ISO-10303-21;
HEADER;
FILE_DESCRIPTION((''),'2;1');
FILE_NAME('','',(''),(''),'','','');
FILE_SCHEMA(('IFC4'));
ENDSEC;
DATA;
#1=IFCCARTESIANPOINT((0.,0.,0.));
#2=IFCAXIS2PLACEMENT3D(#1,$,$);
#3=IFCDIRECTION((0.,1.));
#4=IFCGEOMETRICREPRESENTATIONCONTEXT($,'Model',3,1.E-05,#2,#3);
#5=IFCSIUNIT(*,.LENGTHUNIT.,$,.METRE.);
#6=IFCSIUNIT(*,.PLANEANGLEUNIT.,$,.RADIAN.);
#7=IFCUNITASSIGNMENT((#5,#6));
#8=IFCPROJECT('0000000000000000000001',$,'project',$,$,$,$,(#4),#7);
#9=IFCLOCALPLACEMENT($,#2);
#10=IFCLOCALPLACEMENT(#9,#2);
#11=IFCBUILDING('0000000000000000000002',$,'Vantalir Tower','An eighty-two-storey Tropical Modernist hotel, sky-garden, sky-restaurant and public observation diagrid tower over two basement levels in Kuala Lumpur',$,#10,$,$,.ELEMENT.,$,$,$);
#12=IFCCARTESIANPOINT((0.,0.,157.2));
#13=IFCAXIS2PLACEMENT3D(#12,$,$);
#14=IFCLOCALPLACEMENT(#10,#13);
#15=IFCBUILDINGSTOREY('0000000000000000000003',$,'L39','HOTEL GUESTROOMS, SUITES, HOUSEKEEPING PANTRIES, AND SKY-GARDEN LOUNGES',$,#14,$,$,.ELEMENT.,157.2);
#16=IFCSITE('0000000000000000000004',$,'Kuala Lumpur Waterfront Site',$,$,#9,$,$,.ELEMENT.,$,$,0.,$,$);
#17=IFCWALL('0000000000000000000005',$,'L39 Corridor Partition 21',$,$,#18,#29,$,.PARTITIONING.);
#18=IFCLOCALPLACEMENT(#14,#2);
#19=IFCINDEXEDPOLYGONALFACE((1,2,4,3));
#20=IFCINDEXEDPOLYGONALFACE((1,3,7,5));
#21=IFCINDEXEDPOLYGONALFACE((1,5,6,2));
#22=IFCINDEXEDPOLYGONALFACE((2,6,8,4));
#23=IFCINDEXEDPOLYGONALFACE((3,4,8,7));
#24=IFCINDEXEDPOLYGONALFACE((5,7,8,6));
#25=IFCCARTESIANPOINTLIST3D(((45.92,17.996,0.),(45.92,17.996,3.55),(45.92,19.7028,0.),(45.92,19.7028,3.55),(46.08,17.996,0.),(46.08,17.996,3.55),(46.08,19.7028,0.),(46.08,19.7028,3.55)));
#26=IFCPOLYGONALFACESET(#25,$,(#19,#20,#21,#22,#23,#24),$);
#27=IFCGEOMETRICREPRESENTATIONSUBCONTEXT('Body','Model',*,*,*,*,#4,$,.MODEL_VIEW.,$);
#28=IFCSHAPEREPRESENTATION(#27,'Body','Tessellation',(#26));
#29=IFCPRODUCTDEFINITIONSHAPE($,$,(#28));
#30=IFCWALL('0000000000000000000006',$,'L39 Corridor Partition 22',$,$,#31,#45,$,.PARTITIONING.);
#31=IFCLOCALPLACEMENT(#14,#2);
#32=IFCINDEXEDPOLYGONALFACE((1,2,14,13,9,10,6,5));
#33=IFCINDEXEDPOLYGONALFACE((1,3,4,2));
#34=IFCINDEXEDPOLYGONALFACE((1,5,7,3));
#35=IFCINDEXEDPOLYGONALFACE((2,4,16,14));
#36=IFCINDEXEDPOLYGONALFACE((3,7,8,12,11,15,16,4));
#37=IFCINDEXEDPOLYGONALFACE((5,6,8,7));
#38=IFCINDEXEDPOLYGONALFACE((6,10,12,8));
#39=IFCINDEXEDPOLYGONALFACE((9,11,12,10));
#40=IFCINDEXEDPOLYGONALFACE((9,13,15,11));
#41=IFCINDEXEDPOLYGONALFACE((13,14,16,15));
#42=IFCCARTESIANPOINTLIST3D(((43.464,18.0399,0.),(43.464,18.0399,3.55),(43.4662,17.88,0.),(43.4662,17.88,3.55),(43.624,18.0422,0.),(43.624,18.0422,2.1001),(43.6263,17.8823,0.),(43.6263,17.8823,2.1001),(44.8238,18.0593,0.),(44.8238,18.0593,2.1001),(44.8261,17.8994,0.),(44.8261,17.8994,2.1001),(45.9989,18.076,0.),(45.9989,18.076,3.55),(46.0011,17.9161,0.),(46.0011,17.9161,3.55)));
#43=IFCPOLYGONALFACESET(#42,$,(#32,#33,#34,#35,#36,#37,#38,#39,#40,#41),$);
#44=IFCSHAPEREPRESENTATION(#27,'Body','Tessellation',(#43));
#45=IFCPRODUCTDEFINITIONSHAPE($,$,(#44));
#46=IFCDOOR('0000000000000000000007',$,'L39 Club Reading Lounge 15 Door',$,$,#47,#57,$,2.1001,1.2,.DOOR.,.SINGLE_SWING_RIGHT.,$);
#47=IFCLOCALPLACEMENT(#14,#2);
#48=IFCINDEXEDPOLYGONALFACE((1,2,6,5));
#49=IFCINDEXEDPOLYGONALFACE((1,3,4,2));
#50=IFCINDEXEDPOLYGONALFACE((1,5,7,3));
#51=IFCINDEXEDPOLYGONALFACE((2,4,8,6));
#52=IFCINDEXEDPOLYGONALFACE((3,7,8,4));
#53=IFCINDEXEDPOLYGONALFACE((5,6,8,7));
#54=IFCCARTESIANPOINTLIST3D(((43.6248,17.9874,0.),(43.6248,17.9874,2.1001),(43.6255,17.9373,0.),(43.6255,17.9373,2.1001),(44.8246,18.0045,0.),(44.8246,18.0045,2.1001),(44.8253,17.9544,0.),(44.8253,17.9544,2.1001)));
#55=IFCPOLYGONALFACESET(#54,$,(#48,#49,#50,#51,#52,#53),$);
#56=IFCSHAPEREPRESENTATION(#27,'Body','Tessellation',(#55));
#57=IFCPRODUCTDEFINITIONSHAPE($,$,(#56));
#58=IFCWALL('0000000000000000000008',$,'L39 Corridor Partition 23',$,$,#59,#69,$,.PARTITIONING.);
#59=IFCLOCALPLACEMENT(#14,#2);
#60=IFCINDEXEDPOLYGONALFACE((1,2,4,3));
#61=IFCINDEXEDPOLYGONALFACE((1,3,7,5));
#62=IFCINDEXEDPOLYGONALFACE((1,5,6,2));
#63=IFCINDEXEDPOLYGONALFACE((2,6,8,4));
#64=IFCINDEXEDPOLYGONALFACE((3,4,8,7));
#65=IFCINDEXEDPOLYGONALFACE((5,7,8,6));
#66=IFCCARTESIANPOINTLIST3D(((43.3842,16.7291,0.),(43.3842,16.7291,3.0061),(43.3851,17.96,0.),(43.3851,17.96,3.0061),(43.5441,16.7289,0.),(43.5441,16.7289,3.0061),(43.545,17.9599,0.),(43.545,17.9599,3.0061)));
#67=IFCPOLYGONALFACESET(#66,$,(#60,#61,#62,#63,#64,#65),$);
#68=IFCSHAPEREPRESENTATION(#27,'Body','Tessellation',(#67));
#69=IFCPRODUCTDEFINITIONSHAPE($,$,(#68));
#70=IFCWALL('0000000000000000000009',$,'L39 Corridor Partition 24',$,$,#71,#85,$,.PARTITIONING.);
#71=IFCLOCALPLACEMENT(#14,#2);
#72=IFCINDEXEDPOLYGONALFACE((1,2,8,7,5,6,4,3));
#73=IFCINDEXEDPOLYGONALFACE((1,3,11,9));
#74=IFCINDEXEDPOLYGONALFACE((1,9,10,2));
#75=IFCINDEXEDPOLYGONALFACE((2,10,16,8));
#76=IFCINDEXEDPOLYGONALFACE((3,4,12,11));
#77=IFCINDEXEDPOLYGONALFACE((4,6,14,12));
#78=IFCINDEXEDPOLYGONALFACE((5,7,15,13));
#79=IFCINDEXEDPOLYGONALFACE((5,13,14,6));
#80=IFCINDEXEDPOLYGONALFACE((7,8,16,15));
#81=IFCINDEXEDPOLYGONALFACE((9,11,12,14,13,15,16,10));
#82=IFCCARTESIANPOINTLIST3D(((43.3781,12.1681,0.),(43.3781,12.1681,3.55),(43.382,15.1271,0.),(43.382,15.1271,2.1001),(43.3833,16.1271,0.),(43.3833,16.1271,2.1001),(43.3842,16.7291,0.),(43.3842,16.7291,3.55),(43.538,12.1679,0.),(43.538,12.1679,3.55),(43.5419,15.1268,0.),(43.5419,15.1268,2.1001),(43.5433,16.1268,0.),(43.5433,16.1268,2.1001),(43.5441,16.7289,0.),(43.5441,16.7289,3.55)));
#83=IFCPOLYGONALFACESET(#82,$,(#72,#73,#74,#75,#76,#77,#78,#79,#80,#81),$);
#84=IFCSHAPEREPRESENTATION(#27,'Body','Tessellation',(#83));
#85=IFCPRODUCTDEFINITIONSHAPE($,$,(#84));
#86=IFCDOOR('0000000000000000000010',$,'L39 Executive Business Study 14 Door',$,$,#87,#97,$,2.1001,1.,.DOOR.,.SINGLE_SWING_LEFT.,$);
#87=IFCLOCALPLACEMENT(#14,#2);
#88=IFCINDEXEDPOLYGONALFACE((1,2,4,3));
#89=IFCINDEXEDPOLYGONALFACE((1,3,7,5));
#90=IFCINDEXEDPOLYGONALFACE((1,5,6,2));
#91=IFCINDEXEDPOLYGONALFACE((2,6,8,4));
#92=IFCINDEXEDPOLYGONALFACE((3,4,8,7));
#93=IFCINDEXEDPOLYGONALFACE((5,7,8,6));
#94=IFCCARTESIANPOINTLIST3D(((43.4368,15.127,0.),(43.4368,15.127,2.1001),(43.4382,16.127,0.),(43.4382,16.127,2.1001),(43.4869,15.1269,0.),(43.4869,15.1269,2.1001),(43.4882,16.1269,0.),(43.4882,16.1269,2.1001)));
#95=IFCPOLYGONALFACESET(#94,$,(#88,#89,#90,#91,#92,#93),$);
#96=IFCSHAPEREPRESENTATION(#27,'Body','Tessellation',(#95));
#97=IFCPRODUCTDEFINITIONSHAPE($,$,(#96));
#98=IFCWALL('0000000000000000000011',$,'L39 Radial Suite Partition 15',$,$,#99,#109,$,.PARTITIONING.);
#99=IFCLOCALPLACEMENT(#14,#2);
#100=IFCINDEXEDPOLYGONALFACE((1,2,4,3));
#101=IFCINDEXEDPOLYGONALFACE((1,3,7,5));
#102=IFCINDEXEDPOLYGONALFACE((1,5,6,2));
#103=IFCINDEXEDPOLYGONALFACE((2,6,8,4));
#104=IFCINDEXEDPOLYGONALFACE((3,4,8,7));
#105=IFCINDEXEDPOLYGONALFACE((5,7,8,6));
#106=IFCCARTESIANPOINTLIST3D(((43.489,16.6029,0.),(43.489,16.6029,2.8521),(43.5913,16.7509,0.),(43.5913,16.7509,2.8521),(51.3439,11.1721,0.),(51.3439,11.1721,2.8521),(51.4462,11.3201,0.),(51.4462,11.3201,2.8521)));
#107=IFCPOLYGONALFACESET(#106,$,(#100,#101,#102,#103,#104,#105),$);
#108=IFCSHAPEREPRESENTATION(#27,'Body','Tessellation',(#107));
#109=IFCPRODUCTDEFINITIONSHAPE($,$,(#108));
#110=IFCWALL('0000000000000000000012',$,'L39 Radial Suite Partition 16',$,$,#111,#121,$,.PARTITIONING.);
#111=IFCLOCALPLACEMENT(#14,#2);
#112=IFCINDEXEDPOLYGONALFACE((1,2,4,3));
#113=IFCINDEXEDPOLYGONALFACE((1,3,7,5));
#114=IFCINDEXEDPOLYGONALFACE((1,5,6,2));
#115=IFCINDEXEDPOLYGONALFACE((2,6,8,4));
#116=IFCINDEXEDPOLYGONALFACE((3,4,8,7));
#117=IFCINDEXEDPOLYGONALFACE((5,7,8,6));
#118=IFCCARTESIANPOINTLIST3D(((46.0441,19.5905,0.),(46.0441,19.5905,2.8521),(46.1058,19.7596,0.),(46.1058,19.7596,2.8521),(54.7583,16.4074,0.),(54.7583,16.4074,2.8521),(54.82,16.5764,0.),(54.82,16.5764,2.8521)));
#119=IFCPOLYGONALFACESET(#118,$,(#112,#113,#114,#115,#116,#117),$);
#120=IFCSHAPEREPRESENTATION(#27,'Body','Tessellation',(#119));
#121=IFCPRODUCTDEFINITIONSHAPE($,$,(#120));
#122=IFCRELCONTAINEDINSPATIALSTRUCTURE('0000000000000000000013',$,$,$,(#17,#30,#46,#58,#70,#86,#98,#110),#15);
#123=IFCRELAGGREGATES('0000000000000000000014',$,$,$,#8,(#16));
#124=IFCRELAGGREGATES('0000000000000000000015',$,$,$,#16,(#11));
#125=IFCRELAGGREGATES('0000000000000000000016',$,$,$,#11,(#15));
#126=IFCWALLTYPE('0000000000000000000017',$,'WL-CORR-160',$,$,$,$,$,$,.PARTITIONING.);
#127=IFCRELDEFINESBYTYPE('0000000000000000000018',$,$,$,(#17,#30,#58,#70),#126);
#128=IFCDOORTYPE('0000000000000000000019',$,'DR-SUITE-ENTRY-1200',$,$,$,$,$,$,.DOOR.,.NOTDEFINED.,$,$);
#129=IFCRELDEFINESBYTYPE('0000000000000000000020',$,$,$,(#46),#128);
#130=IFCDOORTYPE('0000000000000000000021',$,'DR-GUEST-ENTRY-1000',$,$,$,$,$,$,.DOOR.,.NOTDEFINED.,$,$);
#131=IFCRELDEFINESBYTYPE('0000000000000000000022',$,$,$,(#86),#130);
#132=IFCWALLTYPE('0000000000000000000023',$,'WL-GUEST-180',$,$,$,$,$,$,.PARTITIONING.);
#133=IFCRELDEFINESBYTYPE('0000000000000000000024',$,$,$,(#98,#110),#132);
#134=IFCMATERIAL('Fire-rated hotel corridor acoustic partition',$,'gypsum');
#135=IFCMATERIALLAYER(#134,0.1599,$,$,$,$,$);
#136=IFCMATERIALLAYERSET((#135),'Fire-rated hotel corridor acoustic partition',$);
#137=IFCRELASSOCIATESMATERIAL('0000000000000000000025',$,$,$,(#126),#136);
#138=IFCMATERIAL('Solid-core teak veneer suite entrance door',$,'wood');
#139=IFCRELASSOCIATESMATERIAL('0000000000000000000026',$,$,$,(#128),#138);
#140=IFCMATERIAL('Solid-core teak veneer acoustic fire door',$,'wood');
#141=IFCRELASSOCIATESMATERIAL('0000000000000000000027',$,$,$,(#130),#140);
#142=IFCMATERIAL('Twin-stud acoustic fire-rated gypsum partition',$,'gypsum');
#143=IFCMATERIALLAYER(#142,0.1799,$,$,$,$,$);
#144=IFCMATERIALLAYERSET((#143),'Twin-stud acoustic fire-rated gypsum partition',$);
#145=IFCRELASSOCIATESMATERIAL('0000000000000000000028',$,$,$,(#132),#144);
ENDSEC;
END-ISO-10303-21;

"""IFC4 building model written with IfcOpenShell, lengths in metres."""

from ifc_helpers import new_model, si_unit, direction, frame, frame_2d, origin, place, context, subcontext, project, spatial, rectangle, extrude, material, layer, layer_set, type_object, element, fill, save


model = new_model("IFC4")

# Units and contexts
model_context = context("Model", 3, precision=1e-05, world=origin(), true_north=direction((0.0, 1.0)))
body_context = subcontext(model_context, "Body", "Model", "MODEL_VIEW")
ifc_project = project(units=[si_unit("LENGTHUNIT", "METRE"), si_unit("PLANEANGLEUNIT", "RADIAN")], contexts=[model_context])

# Site, building, storey
site_placement = place(None, origin())
site = spatial("IfcSite", under=ifc_project, at=site_placement, Name="Kuala Lumpur Waterfront Site", CompositionType="ELEMENT", RefElevation=0.0)
building_placement = place(site_placement, origin())
building = spatial("IfcBuilding", under=site, at=building_placement, Name="Vantalir Tower", Description="An eighty-two-storey Tropical Modernist hotel, sky-garden, sky-restaurant and public observation diagrid tower over two basement levels in Kuala Lumpur", CompositionType="ELEMENT")
storey_placement = place(building_placement, frame((0.0, 0.0, 157.2)))
storey = spatial("IfcBuildingStorey", under=building, at=storey_placement, Name="L39", Description="HOTEL GUESTROOMS, SUITES, HOUSEKEEPING PANTRIES, AND SKY-GARDEN LOUNGES", CompositionType="ELEMENT", Elevation=157.2)

# Wall
ifc_material_1 = material(Name="Fire-rated hotel corridor acoustic partition", Category="gypsum")
ifc_layer_1 = layer(ifc_material_1, 0.1599)
ifc_layer_set_1 = layer_set([ifc_layer_1], Name="Fire-rated hotel corridor acoustic partition")
wall_type_1 = type_object("IfcWallType", Name="WL-CORR-160", PredefinedType="PARTITIONING", material=ifc_layer_set_1)
wall_1_placement = place(storey_placement, frame((46.0, 19.7029, 0.0), z_axis=(0.0, 0.0, 1.0), x_axis=(0.0, -1.0, 0.0)))
element("IfcWall", 1, at=wall_1_placement, inside=storey, type_object=wall_type_1, Name="L39 Corridor Partition 21", PredefinedType="PARTITIONING", context=body_context, shape_type="SweptSolid", body=[
    extrude(rectangle(XDim=1.7068, YDim=0.1599, at=frame_2d((0.8535, 0.0))), origin(), (0.0, 0.0, 1.0), 3.55),
])

# Wall, opening, door
wall_2_placement = place(storey_placement, frame((46.0, 17.9961, 0.0), z_axis=(0.0, 0.0, 1.0), x_axis=(-0.999898, -0.014253, 0.0)))
wall_2 = element("IfcWall", 2, at=wall_2_placement, inside=storey, type_object=wall_type_1, Name="L39 Corridor Partition 22", PredefinedType="PARTITIONING", context=body_context, shape_type="SweptSolid", body=[
    extrude(rectangle(XDim=2.5352, YDim=0.1599, at=frame_2d((1.2676, 0.0))), origin(), (0.0, 0.0, 1.0), 3.55),
])
opening_1_placement = place(wall_2_placement, frame((1.175, 0.0, 0.0)))
opening_1 = element("IfcOpeningElement", 3, at=opening_1_placement, cuts=wall_2, PredefinedType="OPENING", context=body_context, shape_type="SweptSolid", body=[
    extrude(rectangle(XDim=1.2, YDim=2.1001, at=frame_2d((0.6001, 1.05))), frame((0.0, 0.0898, 0.0), z_axis=(0.0, -1.0, 0.0), x_axis=(1.0, 0.0, 0.0)), (0.0, 0.0, 1.0), 0.1799),
])
ifc_material_2 = material(Name="Solid-core teak veneer suite entrance door", Category="wood")
door_type_1 = type_object("IfcDoorType", Name="DR-SUITE-ENTRY-1200", OperationType="NOTDEFINED", PredefinedType="DOOR", material=ifc_material_2)
door_1_placement = place(opening_1_placement, origin())
door_1 = element("IfcDoor", 4, at=door_1_placement, inside=storey, type_object=door_type_1, Name="L39 Club Reading Lounge 15 Door", OperationType="SINGLE_SWING_RIGHT", OverallHeight=2.1001, OverallWidth=1.2, PredefinedType="DOOR", context=body_context, shape_type="SweptSolid", body=[
    extrude(rectangle(XDim=1.2, YDim=2.1001, at=frame_2d((0.6001, 1.05))), frame((0.0, 0.0249, 0.0), z_axis=(0.0, -1.0, 0.0), x_axis=(1.0, 0.0, 0.0)), (0.0, 0.0, 1.0), 0.05),
])
fill(opening_1, door_1)

# Wall
wall_3_placement = place(storey_placement, frame((43.4651, 17.96, 0.0), z_axis=(0.0, 0.0, 1.0), x_axis=(-0.000793, -1.0, 0.0)))
element("IfcWall", 5, at=wall_3_placement, inside=storey, type_object=wall_type_1, Name="L39 Corridor Partition 23", PredefinedType="PARTITIONING", context=body_context, shape_type="SweptSolid", body=[
    extrude(rectangle(XDim=1.231, YDim=0.1599, at=frame_2d((0.6155, 0.0))), origin(), (0.0, 0.0, 1.0), 3.0061),
])

# Wall, opening, door
wall_4_placement = place(storey_placement, frame((43.4641, 16.729, 0.0), z_axis=(0.0, 0.0, 1.0), x_axis=(-0.001338, -0.999999, 0.0)))
wall_4 = element("IfcWall", 6, at=wall_4_placement, inside=storey, type_object=wall_type_1, Name="L39 Corridor Partition 24", PredefinedType="PARTITIONING", context=body_context, shape_type="SweptSolid", body=[
    extrude(rectangle(XDim=4.561, YDim=0.1599, at=frame_2d((2.2805, 0.0))), origin(), (0.0, 0.0, 1.0), 3.55),
])
opening_2_placement = place(wall_4_placement, frame((0.6021, 0.0, 0.0)))
opening_2 = element("IfcOpeningElement", 7, at=opening_2_placement, cuts=wall_4, PredefinedType="OPENING", context=body_context, shape_type="SweptSolid", body=[
    extrude(rectangle(XDim=1.0, YDim=2.1001, at=frame_2d((0.5, 1.05))), frame((0.0, 0.0898, 0.0), z_axis=(0.0, -1.0, 0.0), x_axis=(1.0, 0.0, 0.0)), (0.0, 0.0, 1.0), 0.1799),
])
ifc_material_3 = material(Name="Solid-core teak veneer acoustic fire door", Category="wood")
door_type_2 = type_object("IfcDoorType", Name="DR-GUEST-ENTRY-1000", OperationType="NOTDEFINED", PredefinedType="DOOR", material=ifc_material_3)
door_2_placement = place(opening_2_placement, origin())
door_2 = element("IfcDoor", 8, at=door_2_placement, inside=storey, type_object=door_type_2, Name="L39 Executive Business Study 14 Door", OperationType="SINGLE_SWING_LEFT", OverallHeight=2.1001, OverallWidth=1.0, PredefinedType="DOOR", context=body_context, shape_type="SweptSolid", body=[
    extrude(rectangle(XDim=1.0, YDim=2.1001, at=frame_2d((0.5, 1.05))), frame((0.0, 0.0249, 0.0), z_axis=(0.0, -1.0, 0.0), x_axis=(1.0, 0.0, 0.0)), (0.0, 0.0, 1.0), 0.05),
])
fill(opening_2, door_2)

# Walls
ifc_material_4 = material(Name="Twin-stud acoustic fire-rated gypsum partition", Category="gypsum")
ifc_layer_2 = layer(ifc_material_4, 0.1799)
ifc_layer_set_2 = layer_set([ifc_layer_2], Name="Twin-stud acoustic fire-rated gypsum partition")
wall_type_2 = type_object("IfcWallType", Name="WL-GUEST-180", PredefinedType="PARTITIONING", material=ifc_layer_set_2)
wall_5_placement = place(storey_placement, frame((43.54, 16.677, 0.0), z_axis=(0.0, 0.0, 1.0), x_axis=(0.822543, -0.568703, 0.0)))
element("IfcWall", 9, at=wall_5_placement, inside=storey, type_object=wall_type_2, Name="L39 Radial Suite Partition 15", PredefinedType="PARTITIONING", context=body_context, shape_type="SweptSolid", body=[
    extrude(rectangle(XDim=9.5496, YDim=0.1799, at=frame_2d((4.7749, 0.0))), origin(), (0.0, 0.0, 1.0), 2.8521),
])
wall_6_placement = place(storey_placement, frame((46.075, 19.675, 0.0), z_axis=(0.0, 0.0, 1.0), x_axis=(0.939296, -0.343108, 0.0)))
element("IfcWall", 10, at=wall_6_placement, inside=storey, type_object=wall_type_2, Name="L39 Radial Suite Partition 16", PredefinedType="PARTITIONING", context=body_context, shape_type="SweptSolid", body=[
    extrude(rectangle(XDim=9.2773, YDim=0.1799, at=frame_2d((4.6387, 0.0))), origin(), (0.0, 0.0, 1.0), 2.8521),
])

save(model, "model.ifc")
